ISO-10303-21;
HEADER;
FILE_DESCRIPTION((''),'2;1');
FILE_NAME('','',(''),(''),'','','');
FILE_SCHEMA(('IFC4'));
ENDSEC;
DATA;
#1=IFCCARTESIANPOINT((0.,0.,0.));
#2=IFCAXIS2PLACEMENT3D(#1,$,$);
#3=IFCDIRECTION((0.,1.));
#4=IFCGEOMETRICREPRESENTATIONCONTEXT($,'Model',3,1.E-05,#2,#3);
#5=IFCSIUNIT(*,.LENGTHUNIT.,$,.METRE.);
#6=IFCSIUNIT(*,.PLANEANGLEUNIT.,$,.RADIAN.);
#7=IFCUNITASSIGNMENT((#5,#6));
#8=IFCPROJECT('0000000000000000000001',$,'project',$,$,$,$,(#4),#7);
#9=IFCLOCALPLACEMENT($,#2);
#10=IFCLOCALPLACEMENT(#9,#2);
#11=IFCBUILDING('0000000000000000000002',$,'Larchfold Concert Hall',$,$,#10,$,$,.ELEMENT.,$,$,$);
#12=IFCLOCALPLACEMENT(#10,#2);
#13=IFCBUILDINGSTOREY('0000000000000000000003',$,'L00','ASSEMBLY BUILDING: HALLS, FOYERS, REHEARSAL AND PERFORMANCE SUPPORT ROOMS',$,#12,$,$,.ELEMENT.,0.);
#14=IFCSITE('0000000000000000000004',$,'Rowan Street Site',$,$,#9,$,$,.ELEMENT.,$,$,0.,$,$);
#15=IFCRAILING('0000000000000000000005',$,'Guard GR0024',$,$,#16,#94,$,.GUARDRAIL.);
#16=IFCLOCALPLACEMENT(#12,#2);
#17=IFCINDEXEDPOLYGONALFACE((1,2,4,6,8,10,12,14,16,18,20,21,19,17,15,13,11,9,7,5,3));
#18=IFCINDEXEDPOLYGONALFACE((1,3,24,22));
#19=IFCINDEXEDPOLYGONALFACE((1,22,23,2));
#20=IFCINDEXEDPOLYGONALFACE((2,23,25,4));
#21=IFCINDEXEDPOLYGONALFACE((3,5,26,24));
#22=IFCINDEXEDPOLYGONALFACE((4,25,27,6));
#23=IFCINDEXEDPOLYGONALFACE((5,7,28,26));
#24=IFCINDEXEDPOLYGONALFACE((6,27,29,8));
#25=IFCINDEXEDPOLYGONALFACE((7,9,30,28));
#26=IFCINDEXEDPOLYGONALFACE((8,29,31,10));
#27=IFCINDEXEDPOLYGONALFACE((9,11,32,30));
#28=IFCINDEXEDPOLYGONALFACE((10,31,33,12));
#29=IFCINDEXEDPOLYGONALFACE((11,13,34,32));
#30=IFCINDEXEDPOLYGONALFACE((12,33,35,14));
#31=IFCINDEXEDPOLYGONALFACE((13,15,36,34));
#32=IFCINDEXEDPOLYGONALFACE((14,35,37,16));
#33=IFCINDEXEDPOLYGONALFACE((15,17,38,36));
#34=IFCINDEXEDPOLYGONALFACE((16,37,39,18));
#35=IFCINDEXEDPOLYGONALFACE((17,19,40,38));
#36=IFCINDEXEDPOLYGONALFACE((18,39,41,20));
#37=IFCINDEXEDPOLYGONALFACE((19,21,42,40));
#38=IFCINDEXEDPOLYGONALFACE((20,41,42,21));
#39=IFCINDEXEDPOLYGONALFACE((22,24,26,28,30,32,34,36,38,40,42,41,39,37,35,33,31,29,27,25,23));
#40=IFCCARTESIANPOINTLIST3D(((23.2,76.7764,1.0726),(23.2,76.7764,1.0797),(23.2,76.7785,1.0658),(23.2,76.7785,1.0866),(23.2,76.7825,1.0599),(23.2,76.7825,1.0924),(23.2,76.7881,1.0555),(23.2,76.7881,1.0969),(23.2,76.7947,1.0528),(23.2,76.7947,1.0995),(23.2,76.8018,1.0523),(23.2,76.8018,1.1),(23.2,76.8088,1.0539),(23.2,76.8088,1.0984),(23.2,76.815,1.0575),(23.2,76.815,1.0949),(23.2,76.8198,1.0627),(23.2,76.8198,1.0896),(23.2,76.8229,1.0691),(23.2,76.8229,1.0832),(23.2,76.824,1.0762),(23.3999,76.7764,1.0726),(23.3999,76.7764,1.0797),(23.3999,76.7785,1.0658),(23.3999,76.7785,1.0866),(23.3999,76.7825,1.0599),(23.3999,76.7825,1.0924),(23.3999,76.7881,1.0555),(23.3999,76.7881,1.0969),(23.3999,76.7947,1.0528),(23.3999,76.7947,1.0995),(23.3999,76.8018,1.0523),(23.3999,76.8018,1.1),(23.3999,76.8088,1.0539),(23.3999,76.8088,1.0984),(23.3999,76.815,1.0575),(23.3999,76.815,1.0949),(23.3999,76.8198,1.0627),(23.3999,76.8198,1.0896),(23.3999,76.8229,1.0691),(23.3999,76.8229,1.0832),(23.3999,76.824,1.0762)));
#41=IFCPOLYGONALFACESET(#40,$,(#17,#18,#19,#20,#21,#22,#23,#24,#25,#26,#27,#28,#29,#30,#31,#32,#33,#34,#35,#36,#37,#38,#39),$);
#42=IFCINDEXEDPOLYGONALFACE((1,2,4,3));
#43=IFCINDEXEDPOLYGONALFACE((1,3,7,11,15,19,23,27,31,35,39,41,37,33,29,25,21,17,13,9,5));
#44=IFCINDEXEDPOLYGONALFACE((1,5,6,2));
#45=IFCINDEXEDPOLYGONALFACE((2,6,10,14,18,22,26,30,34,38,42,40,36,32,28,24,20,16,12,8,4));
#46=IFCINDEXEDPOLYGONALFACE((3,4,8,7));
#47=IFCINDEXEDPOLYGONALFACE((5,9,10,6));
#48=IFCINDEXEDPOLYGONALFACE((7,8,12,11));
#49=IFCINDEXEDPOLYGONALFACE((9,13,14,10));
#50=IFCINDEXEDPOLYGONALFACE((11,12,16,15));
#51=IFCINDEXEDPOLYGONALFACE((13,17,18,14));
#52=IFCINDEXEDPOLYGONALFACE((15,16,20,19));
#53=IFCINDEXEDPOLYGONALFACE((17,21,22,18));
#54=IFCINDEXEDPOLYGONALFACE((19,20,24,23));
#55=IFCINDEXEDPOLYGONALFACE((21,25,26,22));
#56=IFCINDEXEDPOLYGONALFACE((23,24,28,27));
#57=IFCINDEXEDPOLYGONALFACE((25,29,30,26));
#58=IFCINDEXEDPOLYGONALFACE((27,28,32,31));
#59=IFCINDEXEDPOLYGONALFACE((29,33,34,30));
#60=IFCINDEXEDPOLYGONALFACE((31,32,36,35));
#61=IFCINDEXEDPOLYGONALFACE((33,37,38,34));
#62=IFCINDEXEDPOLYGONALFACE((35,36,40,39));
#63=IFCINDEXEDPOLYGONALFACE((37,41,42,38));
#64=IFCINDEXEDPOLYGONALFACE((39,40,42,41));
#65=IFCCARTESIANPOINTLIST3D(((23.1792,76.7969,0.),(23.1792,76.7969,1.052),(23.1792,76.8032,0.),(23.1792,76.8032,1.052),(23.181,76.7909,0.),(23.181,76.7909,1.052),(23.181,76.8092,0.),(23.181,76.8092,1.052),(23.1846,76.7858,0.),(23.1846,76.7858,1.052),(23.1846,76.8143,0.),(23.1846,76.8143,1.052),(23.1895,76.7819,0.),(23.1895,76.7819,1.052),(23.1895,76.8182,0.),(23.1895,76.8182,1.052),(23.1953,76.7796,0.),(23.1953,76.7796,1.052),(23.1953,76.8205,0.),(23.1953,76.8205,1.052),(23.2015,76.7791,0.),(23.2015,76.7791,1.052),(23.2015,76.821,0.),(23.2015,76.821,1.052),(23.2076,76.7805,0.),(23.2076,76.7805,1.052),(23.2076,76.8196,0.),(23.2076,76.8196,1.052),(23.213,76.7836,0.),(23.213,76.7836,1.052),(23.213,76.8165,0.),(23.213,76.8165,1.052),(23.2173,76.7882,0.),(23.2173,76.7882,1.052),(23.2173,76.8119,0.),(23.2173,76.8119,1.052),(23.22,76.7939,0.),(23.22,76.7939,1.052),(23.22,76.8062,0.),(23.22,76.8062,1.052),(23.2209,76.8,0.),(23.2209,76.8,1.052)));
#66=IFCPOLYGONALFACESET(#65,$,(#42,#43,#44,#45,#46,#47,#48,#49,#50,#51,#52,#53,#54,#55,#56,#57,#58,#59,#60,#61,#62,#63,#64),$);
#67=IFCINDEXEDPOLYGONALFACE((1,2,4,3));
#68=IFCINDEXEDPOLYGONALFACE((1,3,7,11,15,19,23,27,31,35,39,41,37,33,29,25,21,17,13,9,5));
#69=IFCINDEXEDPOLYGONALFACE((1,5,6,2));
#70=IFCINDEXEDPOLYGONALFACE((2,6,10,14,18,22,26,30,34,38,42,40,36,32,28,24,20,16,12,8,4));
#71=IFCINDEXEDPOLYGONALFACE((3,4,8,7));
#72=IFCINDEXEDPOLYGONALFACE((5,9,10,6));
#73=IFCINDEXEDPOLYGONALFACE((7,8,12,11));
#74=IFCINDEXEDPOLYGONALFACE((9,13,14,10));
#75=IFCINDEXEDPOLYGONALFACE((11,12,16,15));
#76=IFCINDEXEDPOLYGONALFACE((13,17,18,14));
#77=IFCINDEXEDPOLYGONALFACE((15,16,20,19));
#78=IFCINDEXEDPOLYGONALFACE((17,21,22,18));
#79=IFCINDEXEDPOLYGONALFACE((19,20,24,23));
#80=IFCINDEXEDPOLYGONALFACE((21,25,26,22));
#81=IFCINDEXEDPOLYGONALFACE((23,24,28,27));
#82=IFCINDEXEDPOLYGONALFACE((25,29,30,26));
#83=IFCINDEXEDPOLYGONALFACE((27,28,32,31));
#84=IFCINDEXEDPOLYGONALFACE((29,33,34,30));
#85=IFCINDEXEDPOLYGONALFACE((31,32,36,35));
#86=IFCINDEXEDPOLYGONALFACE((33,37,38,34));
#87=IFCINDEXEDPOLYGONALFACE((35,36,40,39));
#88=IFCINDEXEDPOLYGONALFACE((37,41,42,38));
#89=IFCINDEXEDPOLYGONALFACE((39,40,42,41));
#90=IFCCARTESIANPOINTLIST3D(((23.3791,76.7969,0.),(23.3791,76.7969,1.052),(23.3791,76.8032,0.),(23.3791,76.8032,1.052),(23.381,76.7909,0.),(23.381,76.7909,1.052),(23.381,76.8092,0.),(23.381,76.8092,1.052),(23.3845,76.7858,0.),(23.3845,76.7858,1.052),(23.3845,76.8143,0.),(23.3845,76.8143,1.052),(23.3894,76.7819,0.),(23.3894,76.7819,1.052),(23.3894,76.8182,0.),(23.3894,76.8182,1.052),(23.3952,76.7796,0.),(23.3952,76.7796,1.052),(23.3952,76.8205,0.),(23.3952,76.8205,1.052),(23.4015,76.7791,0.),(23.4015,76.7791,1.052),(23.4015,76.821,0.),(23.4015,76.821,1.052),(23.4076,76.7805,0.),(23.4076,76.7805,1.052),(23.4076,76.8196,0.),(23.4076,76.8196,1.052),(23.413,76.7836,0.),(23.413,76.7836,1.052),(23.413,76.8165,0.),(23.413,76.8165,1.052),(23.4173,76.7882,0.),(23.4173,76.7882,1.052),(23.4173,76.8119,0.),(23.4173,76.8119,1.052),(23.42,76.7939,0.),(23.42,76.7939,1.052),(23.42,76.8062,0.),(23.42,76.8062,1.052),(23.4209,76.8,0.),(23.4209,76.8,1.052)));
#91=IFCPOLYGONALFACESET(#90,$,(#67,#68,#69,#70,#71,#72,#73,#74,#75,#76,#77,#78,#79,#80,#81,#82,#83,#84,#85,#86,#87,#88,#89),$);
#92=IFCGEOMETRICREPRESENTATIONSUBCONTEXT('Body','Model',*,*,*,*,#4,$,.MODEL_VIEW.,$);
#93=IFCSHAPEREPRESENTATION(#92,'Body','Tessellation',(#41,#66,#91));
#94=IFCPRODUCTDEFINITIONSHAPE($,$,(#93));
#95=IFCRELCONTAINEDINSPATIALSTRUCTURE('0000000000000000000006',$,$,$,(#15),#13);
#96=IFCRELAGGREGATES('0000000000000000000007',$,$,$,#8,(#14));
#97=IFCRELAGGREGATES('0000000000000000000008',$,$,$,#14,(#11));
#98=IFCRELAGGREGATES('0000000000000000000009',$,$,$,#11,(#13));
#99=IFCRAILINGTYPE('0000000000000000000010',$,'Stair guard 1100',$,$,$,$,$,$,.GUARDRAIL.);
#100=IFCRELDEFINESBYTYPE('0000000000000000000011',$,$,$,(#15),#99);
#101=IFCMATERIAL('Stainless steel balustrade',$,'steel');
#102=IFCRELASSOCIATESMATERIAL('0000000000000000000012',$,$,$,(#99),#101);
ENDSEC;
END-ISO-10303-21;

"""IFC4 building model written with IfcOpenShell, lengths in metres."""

from ifc_helpers import new_model, si_unit, direction, frame, origin, origin_2d, place, context, subcontext, project, spatial, circle, extrude, material, type_object, element, save


model = new_model("IFC4")

# Units and contexts
model_context = context("Model", 3, precision=1e-05, world=origin(), true_north=direction((0.0, 1.0)))
body_context = subcontext(model_context, "Body", "Model", "MODEL_VIEW")
ifc_project = project(units=[si_unit("LENGTHUNIT", "METRE"), si_unit("PLANEANGLEUNIT", "RADIAN")], contexts=[model_context])

# Site, building, storey
site_placement = place(None, origin())
site = spatial("IfcSite", under=ifc_project, at=site_placement, Name="Rowan Street Site", CompositionType="ELEMENT", RefElevation=0.0)
building_placement = place(site_placement, origin())
building = spatial("IfcBuilding", under=site, at=building_placement, Name="Larchfold Concert Hall", CompositionType="ELEMENT")
storey_placement = place(building_placement, origin())
storey = spatial("IfcBuildingStorey", under=building, at=storey_placement, Name="L00", Description="ASSEMBLY BUILDING: HALLS, FOYERS, REHEARSAL AND PERFORMANCE SUPPORT ROOMS", CompositionType="ELEMENT", Elevation=0.0)

# Railing
ifc_material_1 = material(Name="Stainless steel balustrade", Category="steel")
railing_type_1 = type_object("IfcRailingType", Name="Stair guard 1100", PredefinedType="GUARDRAIL", material=ifc_material_1)
railing_1_placement = place(storey_placement, frame((23.2, 76.8, 0.0)))
element("IfcRailing", 1, at=railing_1_placement, inside=storey, type_object=railing_type_1, Name="Guard GR0024", PredefinedType="GUARDRAIL", context=body_context, shape_type="SweptSolid", body=[
    extrude(circle(Radius=0.0239, at=origin_2d()), frame((0.0, 0.0, 1.0762), z_axis=(1.0, 0.0, 0.0), x_axis=(0.0, 1.0, 0.0)), (0.0, 0.0, 1.0), 0.2),
    extrude(circle(Radius=0.021, at=origin_2d()), origin(), (0.0, 0.0, 1.0), 1.052),
    extrude(circle(Radius=0.021, at=origin_2d()), frame((0.2, 0.0, 0.0)), (0.0, 0.0, 1.0), 1.052),
])

save(model, "model.ifc")
